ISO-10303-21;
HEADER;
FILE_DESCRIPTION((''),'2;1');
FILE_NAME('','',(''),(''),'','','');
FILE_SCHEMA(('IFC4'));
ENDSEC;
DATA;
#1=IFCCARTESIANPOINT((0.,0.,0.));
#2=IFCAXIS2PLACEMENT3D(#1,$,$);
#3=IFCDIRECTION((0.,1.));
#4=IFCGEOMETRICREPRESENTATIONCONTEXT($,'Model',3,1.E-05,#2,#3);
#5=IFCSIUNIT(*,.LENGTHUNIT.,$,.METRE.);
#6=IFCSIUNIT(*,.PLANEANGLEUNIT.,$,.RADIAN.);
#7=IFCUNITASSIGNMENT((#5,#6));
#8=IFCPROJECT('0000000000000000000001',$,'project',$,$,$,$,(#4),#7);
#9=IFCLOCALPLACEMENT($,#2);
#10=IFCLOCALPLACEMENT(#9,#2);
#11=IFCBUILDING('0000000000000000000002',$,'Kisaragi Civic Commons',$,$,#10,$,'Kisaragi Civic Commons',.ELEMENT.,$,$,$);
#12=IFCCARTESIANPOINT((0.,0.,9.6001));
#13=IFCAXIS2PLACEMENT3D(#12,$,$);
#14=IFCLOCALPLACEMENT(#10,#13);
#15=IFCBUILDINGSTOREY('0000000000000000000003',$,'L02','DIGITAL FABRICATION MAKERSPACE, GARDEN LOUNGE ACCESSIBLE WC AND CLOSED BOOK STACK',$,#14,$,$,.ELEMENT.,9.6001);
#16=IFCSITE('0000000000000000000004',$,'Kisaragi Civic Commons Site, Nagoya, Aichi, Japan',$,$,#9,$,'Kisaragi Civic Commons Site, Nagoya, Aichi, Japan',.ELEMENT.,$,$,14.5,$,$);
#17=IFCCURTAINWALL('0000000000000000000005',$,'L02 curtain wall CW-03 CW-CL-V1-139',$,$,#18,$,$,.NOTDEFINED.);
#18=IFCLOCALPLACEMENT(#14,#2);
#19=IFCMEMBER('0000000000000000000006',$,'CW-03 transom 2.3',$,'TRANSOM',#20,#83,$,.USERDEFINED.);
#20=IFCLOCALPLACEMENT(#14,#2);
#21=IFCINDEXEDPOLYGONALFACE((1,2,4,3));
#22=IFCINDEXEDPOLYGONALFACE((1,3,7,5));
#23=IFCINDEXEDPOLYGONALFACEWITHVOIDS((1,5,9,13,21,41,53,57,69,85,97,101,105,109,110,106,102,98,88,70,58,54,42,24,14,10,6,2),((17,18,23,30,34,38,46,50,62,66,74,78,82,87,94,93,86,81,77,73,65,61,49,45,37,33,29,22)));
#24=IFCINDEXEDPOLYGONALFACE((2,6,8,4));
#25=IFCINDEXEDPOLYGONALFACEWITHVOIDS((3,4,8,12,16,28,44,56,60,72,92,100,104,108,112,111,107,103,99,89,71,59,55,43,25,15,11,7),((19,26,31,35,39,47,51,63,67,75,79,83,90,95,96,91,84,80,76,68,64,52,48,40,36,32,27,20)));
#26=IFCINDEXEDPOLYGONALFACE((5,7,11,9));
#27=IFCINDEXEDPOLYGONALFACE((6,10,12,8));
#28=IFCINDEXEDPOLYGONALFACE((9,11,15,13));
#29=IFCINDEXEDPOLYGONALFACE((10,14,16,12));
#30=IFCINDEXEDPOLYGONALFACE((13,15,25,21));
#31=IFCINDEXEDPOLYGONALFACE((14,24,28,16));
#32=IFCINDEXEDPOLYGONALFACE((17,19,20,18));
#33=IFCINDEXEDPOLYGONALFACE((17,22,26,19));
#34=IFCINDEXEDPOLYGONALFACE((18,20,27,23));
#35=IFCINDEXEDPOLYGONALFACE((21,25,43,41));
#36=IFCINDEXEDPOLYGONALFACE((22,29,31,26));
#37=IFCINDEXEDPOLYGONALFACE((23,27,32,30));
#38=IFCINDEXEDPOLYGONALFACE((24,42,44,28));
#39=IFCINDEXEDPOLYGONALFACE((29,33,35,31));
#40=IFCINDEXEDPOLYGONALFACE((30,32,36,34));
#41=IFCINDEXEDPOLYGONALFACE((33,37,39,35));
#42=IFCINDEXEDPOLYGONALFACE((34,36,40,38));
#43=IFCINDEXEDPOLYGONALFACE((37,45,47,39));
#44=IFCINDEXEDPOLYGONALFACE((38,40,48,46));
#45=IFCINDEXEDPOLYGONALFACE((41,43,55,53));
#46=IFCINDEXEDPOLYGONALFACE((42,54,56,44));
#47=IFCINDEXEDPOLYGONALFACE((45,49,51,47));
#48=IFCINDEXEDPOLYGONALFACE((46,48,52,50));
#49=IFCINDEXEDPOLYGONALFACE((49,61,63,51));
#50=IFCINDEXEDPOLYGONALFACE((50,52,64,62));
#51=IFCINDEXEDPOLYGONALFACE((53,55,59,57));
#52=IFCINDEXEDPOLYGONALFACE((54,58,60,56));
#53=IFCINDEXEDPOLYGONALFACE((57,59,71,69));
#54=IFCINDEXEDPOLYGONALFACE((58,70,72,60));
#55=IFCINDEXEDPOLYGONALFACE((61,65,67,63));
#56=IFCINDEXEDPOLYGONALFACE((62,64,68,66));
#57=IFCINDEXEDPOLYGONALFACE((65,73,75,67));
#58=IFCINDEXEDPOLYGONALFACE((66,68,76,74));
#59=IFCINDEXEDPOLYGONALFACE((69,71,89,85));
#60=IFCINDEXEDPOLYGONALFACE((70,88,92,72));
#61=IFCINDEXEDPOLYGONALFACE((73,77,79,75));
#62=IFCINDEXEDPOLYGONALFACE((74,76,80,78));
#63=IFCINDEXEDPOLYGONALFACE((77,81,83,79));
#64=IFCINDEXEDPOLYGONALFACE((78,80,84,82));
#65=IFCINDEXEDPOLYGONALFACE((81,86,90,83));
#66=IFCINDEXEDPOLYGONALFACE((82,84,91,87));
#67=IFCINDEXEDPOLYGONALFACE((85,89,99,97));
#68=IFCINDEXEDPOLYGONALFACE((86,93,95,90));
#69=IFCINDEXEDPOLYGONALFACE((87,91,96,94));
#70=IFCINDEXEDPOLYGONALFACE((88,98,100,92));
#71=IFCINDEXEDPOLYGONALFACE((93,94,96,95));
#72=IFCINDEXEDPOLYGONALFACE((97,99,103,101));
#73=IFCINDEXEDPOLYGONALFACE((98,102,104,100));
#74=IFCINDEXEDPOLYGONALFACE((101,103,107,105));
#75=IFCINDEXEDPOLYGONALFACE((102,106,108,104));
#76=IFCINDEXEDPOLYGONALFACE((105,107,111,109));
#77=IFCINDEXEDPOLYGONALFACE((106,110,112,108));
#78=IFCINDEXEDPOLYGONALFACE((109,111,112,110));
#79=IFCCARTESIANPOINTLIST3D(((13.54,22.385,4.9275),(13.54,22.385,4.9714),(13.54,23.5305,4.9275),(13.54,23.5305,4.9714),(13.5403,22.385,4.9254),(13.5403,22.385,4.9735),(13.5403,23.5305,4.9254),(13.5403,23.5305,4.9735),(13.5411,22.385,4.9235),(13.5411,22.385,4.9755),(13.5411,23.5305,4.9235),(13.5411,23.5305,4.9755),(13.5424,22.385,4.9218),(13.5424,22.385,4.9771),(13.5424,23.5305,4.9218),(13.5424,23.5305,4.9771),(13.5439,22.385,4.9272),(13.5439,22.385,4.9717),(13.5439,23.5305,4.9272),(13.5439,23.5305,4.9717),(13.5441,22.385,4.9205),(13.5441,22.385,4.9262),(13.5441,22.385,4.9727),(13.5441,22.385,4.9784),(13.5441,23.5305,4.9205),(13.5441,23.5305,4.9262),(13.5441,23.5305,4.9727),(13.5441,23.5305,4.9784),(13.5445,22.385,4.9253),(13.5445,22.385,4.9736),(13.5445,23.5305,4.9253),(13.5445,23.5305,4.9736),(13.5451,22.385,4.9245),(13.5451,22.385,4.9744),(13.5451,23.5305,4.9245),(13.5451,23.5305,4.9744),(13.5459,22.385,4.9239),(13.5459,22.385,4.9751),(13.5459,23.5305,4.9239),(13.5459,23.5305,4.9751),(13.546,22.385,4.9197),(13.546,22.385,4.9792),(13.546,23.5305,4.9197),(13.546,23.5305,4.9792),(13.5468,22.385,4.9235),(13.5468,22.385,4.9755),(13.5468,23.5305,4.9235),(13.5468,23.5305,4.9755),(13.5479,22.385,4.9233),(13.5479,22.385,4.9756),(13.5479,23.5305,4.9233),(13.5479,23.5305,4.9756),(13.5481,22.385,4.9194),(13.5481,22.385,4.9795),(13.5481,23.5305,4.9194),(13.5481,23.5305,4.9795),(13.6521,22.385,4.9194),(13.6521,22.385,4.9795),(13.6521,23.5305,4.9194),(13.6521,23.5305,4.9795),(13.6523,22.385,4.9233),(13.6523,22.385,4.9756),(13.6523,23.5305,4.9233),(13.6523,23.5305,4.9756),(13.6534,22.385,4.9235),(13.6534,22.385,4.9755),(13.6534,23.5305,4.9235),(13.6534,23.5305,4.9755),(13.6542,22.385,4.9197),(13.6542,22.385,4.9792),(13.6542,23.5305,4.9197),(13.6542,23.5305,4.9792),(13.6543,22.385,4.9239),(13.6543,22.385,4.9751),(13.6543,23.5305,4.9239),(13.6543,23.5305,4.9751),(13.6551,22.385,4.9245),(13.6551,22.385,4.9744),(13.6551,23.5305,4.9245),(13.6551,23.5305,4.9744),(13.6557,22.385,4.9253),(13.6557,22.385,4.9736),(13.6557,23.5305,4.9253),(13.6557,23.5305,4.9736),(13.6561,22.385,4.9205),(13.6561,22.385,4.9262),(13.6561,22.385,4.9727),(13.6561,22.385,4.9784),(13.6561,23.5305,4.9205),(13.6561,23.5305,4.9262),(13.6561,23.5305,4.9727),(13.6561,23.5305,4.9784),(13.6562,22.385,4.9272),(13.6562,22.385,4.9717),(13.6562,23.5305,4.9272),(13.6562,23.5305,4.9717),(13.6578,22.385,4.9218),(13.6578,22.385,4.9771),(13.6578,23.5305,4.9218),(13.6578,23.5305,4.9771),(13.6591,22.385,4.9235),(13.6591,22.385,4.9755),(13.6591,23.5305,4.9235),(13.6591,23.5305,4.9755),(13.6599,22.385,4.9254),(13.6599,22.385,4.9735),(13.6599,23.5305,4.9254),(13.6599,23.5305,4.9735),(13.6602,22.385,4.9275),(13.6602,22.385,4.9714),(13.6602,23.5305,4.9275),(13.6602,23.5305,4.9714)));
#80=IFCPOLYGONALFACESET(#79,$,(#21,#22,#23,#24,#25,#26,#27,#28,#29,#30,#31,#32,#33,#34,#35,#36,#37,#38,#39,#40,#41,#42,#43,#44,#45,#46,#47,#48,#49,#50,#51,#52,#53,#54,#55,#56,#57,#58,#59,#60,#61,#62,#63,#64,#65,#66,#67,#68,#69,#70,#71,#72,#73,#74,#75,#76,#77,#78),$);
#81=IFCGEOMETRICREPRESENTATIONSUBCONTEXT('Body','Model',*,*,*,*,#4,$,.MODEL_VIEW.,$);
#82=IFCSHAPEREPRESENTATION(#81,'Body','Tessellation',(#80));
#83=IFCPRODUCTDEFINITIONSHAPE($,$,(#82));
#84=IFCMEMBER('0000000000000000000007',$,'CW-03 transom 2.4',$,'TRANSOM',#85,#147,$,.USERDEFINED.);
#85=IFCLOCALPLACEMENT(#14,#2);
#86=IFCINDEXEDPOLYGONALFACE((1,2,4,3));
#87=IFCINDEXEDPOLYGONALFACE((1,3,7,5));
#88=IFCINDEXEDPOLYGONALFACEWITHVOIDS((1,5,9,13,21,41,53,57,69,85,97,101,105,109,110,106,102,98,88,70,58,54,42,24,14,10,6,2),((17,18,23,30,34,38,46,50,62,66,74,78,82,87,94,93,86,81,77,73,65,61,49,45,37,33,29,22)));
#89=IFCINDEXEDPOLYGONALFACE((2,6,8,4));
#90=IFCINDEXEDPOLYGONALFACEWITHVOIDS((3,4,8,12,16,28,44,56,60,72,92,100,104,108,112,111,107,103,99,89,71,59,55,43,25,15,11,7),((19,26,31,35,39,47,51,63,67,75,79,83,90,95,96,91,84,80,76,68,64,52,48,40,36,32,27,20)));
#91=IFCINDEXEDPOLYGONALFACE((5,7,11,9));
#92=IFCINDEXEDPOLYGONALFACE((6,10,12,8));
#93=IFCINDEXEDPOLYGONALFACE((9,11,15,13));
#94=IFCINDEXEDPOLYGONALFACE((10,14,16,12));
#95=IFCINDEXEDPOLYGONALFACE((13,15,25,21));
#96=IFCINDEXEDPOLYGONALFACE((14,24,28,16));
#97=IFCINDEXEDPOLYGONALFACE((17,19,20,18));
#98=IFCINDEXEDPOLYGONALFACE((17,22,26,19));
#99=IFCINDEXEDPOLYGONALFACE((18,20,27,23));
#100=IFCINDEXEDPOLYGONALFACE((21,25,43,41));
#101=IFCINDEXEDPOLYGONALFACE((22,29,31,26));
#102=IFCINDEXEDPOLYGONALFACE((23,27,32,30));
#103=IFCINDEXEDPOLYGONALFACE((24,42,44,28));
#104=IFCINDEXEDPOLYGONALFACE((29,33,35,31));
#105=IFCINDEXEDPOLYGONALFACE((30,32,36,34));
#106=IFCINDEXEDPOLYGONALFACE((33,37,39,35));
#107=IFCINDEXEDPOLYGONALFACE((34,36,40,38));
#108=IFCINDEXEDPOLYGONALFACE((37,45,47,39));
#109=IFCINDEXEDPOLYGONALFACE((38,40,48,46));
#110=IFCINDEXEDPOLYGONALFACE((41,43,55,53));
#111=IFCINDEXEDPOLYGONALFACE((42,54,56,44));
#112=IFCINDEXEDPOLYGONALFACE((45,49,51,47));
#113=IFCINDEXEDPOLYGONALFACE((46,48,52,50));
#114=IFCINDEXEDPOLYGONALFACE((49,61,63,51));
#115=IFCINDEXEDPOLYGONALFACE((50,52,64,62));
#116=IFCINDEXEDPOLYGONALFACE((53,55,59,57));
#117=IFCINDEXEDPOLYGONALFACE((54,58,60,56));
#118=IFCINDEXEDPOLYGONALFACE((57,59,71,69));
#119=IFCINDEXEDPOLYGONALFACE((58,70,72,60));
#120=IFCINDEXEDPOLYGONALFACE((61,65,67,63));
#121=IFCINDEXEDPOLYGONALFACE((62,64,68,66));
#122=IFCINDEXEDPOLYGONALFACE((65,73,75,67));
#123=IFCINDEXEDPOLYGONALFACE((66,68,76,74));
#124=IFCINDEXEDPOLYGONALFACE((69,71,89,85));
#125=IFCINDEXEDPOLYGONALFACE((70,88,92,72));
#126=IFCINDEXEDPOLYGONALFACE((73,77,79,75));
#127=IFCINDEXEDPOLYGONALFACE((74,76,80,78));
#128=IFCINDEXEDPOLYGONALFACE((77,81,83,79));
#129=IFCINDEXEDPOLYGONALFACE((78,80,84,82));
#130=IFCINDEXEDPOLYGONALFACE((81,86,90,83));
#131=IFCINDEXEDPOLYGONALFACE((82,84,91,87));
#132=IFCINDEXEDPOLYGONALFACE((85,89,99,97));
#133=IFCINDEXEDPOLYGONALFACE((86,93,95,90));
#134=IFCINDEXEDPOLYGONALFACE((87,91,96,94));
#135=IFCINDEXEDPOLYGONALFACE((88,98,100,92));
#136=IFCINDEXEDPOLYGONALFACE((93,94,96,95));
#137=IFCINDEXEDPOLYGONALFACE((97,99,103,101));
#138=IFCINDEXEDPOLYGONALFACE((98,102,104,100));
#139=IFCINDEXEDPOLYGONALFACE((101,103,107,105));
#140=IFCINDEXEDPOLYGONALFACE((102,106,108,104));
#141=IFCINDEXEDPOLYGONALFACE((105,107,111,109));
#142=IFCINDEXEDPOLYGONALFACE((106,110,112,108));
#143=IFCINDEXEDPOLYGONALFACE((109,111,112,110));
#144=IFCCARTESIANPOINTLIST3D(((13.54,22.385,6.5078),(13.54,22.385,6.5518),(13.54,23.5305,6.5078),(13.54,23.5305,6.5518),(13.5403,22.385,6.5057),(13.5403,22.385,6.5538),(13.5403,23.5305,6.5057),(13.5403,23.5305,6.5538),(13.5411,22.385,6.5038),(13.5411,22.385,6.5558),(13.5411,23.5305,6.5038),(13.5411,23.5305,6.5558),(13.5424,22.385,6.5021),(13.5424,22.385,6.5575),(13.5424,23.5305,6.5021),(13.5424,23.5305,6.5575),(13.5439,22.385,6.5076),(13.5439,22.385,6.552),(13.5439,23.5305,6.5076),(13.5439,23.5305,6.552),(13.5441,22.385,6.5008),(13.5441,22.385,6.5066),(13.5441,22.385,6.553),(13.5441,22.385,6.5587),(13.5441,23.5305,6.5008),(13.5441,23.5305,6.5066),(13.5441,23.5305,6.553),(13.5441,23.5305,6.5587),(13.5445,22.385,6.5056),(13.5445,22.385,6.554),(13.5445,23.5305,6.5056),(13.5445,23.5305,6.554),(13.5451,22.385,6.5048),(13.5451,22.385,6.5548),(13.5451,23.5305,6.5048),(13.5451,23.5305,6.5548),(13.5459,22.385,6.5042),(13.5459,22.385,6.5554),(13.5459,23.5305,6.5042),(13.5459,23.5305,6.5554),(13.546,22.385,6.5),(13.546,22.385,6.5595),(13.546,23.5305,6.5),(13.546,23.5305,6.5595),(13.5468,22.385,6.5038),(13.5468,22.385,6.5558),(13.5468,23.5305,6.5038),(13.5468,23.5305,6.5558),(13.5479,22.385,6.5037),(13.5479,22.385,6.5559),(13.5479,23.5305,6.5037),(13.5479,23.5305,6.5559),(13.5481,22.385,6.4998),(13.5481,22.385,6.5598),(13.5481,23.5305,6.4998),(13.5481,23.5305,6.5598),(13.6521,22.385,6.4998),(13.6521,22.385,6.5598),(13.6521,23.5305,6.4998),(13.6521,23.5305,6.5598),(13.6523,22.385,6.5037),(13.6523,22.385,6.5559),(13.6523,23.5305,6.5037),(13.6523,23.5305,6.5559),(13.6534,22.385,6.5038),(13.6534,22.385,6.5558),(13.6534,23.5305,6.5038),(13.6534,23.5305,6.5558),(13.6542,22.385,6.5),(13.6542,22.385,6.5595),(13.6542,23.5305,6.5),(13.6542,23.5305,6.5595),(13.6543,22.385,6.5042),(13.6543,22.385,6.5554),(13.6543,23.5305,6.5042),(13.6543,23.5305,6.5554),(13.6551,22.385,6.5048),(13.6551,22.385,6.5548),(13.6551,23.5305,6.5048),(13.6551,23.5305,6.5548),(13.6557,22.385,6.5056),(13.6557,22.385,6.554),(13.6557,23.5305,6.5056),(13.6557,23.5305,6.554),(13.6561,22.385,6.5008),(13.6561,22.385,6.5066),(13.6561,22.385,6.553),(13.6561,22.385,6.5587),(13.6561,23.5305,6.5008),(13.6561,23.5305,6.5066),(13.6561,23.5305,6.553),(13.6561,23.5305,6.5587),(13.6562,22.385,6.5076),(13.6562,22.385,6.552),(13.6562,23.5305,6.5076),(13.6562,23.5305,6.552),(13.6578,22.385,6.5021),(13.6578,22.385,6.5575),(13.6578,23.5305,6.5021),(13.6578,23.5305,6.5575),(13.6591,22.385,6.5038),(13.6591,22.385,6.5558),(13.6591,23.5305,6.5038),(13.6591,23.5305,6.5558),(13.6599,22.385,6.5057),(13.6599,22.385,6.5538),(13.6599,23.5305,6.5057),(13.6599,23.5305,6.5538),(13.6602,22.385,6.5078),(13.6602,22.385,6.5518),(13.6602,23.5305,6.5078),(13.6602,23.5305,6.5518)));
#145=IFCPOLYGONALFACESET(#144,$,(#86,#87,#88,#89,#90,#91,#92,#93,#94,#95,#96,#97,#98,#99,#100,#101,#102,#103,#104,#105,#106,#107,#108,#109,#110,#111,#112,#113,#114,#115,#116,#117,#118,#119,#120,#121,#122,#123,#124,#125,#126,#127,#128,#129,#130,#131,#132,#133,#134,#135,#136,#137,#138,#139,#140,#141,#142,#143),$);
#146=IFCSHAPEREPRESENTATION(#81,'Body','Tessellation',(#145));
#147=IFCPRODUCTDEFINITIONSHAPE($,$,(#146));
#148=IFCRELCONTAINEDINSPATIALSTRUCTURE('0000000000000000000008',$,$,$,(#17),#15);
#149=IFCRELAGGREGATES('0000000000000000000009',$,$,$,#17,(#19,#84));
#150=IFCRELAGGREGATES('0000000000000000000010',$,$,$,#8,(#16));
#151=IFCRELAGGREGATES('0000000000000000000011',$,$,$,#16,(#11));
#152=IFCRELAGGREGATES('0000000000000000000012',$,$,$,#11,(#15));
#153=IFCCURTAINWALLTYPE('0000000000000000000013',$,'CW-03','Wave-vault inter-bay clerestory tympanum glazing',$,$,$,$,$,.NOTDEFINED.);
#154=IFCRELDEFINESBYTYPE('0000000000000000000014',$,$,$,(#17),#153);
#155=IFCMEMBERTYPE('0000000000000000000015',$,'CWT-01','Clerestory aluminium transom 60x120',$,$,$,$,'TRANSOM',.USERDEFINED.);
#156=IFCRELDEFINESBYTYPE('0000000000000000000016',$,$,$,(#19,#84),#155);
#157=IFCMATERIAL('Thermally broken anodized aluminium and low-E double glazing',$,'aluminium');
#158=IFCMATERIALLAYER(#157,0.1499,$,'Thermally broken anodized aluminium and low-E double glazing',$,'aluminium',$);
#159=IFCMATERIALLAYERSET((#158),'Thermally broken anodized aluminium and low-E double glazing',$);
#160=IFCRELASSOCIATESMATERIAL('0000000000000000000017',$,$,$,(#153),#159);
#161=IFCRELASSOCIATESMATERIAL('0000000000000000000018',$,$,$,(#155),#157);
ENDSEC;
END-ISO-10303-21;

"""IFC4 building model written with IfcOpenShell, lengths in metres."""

from ifc_helpers import new_model, si_unit, direction, frame, origin, origin_2d, place, context, subcontext, project, spatial, hollow_rectangle, extrude, material, layer, layer_set, material_profile, profile_set, type_object, element, aggregate, save


model = new_model("IFC4")

# Units and contexts
model_context = context("Model", 3, precision=1e-05, world=origin(), true_north=direction((0.0, 1.0)))
body_context = subcontext(model_context, "Body", "Model", "MODEL_VIEW")
ifc_project = project(units=[si_unit("LENGTHUNIT", "METRE"), si_unit("PLANEANGLEUNIT", "RADIAN")], contexts=[model_context])

# Site, building, storey
site_placement = place(None, origin())
site = spatial("IfcSite", under=ifc_project, at=site_placement, Name="Kisaragi Civic Commons Site, Nagoya, Aichi, Japan", LongName="Kisaragi Civic Commons Site, Nagoya, Aichi, Japan", CompositionType="ELEMENT", RefElevation=14.5)
building_placement = place(site_placement, origin())
building = spatial("IfcBuilding", under=site, at=building_placement, Name="Kisaragi Civic Commons", LongName="Kisaragi Civic Commons", CompositionType="ELEMENT")
storey_placement = place(building_placement, frame((0.0, 0.0, 9.6001)))
storey = spatial("IfcBuildingStorey", under=building, at=storey_placement, Name="L02", Description="DIGITAL FABRICATION MAKERSPACE, GARDEN LOUNGE ACCESSIBLE WC AND CLOSED BOOK STACK", CompositionType="ELEMENT", Elevation=9.6001)

# Curtain wall
ifc_material_1 = material(Name="Thermally broken anodized aluminium and low-E double glazing", Category="aluminium")
ifc_layer_1 = layer(ifc_material_1, 0.1499, Name="Thermally broken anodized aluminium and low-E double glazing", Category="aluminium")
ifc_layer_set_1 = layer_set([ifc_layer_1], Name="Thermally broken anodized aluminium and low-E double glazing")
curtain_wall_type = type_object("IfcCurtainWallType", Name="CW-03", Description="Wave-vault inter-bay clerestory tympanum glazing", PredefinedType="NOTDEFINED", material=ifc_layer_set_1)
curtain_wall_1_placement = place(storey_placement, origin())
curtain_wall_1 = element("IfcCurtainWall", 1, at=curtain_wall_1_placement, inside=storey, type_object=curtain_wall_type, Name="L02 curtain wall CW-03 CW-CL-V1-139", PredefinedType="NOTDEFINED")

# Members
ifc_material_profile_1 = material_profile(ifc_material_1, hollow_rectangle(XDim=0.1201, YDim=0.0601, WallThickness=0.0039, InnerFilletRadius=0.0039, OuterFilletRadius=0.0081, at=origin_2d()), Name="CWT-60x120x4", Category="aluminium")
ifc_profile_set_1 = profile_set([ifc_material_profile_1], Name="Thermally broken anodized aluminium and low-E double glazing")
member_type_1 = type_object("IfcMemberType", Name="CWT-01", Description="Clerestory aluminium transom 60x120", ElementType="TRANSOM", PredefinedType="USERDEFINED", material=ifc_profile_set_1)
member_1_placement = place(storey_placement, frame((13.6001, 22.385, 4.9495), z_axis=(0.0, 1.0, 0.0), x_axis=(-1.0, 0.0, 0.0)))
member_1 = element("IfcMember", 2, at=member_1_placement, type_object=member_type_1, Name="CW-03 transom 2.3", ObjectType="TRANSOM", PredefinedType="USERDEFINED", context=body_context, shape_type="SweptSolid", body=[
    extrude(hollow_rectangle(XDim=0.1201, YDim=0.0601, WallThickness=0.0039, InnerFilletRadius=0.0039, OuterFilletRadius=0.0081, at=origin_2d()), origin(), (0.0, 0.0, 1.0), 1.1455),
])
member_2_placement = place(storey_placement, frame((13.6001, 22.385, 6.5298), z_axis=(0.0, 1.0, 0.0), x_axis=(-1.0, 0.0, 0.0)))
member_2 = element("IfcMember", 3, at=member_2_placement, type_object=member_type_1, Name="CW-03 transom 2.4", ObjectType="TRANSOM", PredefinedType="USERDEFINED", context=body_context, shape_type="SweptSolid", body=[
    extrude(hollow_rectangle(XDim=0.1201, YDim=0.0601, WallThickness=0.0039, InnerFilletRadius=0.0039, OuterFilletRadius=0.0081, at=origin_2d()), origin(), (0.0, 0.0, 1.0), 1.1455),
])

aggregate(curtain_wall_1, [member_1, member_2])

save(model, "model.ifc")
